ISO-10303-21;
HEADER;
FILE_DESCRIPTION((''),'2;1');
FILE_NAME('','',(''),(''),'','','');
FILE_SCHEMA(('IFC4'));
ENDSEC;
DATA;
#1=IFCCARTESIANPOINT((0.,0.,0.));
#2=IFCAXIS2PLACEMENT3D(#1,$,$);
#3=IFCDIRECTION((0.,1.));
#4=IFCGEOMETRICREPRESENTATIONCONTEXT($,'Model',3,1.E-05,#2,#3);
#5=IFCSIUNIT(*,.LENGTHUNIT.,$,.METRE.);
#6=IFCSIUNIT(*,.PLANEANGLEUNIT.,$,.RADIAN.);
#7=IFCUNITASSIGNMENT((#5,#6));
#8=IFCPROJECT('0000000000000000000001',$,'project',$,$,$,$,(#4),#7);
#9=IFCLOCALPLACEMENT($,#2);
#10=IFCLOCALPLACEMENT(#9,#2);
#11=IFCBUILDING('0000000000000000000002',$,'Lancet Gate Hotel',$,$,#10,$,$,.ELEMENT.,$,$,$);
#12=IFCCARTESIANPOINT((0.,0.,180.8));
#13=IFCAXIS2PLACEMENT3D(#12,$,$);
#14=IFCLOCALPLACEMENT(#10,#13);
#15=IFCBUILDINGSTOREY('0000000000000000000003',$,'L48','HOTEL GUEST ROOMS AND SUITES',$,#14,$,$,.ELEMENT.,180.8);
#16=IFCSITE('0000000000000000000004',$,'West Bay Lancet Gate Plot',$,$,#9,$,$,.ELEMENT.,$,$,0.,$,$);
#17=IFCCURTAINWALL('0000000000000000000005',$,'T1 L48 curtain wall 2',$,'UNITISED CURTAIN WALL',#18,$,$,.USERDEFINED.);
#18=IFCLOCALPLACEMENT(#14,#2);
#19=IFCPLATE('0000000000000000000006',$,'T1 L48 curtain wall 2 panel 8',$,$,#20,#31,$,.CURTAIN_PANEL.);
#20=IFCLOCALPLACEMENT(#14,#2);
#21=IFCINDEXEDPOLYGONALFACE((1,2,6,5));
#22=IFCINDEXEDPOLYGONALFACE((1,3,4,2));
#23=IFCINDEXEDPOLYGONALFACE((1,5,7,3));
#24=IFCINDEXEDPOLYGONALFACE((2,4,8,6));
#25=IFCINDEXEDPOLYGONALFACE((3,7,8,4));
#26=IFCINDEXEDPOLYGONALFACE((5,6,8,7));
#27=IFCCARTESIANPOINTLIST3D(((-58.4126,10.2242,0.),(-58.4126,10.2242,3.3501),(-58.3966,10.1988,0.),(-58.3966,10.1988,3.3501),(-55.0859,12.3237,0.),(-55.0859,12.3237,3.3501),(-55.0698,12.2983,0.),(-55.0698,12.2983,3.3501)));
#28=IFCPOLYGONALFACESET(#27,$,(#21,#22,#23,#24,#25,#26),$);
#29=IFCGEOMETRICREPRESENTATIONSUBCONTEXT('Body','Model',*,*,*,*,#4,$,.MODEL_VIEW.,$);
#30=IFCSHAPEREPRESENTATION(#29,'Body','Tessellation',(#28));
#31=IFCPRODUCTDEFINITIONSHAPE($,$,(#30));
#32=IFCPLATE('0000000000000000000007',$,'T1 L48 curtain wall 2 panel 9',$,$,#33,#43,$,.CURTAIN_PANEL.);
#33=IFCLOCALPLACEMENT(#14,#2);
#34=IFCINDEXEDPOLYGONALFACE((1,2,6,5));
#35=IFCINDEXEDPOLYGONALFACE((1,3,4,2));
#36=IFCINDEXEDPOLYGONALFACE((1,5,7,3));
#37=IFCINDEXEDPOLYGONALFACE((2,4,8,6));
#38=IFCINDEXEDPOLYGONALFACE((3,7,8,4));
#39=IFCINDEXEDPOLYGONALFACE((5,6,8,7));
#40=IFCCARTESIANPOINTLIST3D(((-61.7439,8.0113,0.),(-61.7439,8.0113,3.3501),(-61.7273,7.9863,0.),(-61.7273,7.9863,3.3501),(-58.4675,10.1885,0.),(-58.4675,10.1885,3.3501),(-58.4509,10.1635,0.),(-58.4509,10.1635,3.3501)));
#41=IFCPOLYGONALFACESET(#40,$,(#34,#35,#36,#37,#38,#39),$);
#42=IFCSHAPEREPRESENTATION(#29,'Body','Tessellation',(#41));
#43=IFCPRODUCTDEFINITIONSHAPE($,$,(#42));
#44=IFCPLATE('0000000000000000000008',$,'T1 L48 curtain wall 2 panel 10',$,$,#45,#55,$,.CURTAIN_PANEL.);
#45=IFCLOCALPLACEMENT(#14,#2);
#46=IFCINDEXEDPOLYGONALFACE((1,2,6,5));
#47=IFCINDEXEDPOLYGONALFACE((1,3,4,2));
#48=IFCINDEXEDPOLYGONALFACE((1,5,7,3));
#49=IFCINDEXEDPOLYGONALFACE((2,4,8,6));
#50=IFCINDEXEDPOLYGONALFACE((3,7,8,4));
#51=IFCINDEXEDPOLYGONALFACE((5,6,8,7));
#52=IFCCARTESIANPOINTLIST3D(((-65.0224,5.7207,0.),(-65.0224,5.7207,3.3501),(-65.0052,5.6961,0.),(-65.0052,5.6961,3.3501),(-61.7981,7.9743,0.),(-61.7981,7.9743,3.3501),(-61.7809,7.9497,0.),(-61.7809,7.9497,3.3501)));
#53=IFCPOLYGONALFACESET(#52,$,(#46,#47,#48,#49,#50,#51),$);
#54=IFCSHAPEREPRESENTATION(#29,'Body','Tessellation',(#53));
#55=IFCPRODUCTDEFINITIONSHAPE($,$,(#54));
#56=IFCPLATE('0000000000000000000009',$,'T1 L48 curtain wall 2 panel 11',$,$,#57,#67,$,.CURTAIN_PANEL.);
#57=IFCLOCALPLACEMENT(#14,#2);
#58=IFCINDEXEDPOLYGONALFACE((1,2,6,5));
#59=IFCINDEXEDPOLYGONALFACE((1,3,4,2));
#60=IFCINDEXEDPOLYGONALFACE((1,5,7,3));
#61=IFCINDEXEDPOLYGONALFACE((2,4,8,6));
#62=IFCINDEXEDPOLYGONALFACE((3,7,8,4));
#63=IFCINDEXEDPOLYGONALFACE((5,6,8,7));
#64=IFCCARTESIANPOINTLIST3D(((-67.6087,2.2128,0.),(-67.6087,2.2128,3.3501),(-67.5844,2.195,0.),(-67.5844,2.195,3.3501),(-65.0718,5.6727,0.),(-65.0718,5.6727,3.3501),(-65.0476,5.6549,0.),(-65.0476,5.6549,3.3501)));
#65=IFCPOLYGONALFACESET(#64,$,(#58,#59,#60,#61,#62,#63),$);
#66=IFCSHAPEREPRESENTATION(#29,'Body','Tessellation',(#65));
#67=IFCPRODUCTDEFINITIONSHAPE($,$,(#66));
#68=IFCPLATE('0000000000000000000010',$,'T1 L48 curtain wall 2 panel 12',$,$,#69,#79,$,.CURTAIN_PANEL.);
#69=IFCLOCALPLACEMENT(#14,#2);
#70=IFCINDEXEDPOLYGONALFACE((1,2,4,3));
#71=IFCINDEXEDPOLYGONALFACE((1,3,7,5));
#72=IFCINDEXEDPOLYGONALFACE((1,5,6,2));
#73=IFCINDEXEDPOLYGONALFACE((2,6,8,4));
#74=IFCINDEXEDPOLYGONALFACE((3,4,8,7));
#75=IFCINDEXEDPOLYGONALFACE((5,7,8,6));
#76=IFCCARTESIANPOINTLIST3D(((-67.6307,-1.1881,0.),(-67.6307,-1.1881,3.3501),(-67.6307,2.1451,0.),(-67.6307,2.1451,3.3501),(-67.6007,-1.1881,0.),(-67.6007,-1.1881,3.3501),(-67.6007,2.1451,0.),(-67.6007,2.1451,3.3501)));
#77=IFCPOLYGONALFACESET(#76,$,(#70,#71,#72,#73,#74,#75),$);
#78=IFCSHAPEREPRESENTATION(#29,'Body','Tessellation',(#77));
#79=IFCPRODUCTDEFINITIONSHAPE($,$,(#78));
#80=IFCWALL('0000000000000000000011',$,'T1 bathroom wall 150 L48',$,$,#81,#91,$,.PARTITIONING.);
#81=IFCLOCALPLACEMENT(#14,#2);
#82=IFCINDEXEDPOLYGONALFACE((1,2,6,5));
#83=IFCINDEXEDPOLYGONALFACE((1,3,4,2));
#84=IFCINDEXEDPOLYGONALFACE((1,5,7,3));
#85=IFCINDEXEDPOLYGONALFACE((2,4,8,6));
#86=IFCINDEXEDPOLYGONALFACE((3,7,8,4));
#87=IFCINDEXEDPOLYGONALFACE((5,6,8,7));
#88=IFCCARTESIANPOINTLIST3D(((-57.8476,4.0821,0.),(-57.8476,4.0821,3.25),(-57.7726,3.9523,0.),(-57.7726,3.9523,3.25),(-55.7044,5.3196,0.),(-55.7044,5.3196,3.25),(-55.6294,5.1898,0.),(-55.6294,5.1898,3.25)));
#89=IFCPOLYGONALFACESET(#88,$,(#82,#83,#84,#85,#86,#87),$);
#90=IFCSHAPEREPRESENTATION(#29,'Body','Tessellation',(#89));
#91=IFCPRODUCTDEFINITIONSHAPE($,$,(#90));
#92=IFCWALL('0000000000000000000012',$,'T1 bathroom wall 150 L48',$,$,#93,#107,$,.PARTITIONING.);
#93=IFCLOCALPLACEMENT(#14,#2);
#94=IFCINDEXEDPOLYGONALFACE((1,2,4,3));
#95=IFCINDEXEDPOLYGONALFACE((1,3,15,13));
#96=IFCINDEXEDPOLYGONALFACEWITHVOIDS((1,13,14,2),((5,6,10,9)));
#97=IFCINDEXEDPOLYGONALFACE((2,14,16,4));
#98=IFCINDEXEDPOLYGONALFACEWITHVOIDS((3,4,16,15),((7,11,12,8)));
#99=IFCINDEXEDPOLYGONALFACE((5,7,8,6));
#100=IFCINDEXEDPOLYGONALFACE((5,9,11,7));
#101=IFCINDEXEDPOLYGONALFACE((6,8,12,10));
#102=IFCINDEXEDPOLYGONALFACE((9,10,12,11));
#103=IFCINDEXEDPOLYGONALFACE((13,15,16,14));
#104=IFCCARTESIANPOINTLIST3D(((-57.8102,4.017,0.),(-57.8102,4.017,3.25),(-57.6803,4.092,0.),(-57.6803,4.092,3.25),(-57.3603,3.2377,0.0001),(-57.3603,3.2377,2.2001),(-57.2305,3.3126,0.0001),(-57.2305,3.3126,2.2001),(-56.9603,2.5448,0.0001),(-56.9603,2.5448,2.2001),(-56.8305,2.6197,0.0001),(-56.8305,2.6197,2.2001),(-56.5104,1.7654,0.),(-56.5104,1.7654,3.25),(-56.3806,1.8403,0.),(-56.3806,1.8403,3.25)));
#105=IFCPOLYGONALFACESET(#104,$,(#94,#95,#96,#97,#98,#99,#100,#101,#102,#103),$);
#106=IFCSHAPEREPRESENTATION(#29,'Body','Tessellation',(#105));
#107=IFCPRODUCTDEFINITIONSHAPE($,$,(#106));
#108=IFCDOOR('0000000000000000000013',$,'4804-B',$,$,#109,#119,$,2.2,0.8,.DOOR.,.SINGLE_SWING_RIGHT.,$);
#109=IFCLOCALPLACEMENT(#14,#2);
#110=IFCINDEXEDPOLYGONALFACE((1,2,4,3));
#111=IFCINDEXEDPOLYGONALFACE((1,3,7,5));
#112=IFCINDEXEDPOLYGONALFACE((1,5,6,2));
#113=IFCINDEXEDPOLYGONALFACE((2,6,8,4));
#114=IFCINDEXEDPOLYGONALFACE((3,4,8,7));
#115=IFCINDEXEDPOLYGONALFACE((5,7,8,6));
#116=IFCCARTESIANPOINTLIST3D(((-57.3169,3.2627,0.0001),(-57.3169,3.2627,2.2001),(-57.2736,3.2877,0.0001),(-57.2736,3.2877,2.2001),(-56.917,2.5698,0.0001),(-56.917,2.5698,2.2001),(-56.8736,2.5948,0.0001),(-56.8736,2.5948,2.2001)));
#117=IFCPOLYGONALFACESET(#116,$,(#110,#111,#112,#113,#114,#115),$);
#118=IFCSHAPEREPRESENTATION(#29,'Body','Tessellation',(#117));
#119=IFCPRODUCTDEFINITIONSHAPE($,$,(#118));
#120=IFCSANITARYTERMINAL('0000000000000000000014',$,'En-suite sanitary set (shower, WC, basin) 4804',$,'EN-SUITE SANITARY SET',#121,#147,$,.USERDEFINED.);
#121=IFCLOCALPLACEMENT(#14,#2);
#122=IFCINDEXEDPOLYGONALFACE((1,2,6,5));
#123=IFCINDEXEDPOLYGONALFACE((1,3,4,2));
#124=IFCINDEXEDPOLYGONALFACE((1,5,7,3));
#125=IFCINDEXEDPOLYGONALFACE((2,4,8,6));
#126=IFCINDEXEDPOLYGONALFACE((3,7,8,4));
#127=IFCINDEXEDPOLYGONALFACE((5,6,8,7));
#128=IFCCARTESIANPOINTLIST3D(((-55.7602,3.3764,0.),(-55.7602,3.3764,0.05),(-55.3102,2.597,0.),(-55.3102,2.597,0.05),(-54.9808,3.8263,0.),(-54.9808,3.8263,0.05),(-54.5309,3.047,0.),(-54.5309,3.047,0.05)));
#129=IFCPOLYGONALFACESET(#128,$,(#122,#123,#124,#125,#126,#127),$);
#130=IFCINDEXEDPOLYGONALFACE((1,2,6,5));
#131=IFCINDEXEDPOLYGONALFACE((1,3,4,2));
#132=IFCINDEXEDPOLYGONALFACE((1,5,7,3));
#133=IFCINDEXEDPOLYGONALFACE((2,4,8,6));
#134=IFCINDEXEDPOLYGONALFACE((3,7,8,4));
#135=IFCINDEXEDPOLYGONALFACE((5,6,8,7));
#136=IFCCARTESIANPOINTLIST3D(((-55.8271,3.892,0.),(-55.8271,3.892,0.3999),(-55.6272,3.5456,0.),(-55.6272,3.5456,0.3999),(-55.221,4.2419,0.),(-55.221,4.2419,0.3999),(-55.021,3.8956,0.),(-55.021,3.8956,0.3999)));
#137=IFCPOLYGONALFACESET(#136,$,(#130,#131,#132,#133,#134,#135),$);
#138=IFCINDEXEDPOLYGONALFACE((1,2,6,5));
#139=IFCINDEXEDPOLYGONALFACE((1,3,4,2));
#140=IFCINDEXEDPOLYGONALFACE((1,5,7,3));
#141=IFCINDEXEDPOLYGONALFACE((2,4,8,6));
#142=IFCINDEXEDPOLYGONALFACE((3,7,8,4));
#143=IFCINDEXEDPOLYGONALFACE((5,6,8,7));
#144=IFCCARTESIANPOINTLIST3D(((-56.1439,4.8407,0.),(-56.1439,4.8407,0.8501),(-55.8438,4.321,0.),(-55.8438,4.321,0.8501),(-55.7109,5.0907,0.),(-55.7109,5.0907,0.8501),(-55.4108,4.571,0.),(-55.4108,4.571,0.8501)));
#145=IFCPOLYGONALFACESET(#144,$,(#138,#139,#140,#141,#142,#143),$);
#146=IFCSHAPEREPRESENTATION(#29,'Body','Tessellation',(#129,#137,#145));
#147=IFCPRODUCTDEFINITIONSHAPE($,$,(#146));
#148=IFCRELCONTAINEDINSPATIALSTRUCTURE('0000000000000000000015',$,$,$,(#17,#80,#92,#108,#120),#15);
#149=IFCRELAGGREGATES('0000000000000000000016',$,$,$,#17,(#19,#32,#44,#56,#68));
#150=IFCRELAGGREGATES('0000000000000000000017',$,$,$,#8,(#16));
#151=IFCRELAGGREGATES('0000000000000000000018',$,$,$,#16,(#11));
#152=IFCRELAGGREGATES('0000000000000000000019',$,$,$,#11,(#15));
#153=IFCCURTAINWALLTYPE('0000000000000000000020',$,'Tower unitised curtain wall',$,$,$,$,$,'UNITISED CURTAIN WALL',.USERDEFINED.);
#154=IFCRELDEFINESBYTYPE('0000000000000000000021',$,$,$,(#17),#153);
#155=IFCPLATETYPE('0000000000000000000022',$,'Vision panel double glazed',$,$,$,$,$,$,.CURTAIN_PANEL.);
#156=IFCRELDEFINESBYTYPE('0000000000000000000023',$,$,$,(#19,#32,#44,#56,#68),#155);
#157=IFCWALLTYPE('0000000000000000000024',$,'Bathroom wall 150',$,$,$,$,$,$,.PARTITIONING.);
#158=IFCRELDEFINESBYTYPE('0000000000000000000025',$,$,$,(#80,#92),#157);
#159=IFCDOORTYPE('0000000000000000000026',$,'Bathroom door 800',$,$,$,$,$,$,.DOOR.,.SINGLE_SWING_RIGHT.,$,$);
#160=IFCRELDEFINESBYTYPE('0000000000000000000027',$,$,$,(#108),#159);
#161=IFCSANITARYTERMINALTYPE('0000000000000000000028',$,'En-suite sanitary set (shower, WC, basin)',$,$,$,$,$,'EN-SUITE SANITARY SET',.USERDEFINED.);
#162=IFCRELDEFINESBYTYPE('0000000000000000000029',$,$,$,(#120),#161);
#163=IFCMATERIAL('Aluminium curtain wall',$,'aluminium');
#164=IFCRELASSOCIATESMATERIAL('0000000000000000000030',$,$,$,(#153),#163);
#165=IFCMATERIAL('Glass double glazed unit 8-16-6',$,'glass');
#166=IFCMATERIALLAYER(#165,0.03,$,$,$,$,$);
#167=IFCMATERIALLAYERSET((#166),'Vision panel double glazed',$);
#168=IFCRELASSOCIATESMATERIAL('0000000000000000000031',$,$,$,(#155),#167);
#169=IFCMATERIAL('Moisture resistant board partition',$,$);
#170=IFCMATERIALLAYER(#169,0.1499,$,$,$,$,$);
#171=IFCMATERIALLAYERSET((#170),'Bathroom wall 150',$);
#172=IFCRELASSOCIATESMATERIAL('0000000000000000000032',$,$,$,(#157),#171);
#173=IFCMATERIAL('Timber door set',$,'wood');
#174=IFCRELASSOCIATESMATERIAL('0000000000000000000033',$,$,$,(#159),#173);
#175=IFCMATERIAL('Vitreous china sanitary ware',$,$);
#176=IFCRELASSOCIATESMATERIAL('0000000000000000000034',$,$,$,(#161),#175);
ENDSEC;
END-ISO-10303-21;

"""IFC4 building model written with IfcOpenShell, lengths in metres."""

from ifc_helpers import new_model, si_unit, direction, frame, frame_2d, origin, origin_2d, place, context, subcontext, project, spatial, rectangle, extrude, material, layer, layer_set, type_object, element, fill, aggregate, save


model = new_model("IFC4")

# Units and contexts
model_context = context("Model", 3, precision=1e-05, world=origin(), true_north=direction((0.0, 1.0)))
body_context = subcontext(model_context, "Body", "Model", "MODEL_VIEW")
ifc_project = project(units=[si_unit("LENGTHUNIT", "METRE"), si_unit("PLANEANGLEUNIT", "RADIAN")], contexts=[model_context])

# Site, building, storey
site_placement = place(None, origin())
site = spatial("IfcSite", under=ifc_project, at=site_placement, Name="West Bay Lancet Gate Plot", CompositionType="ELEMENT", RefElevation=0.0)
building_placement = place(site_placement, origin())
building = spatial("IfcBuilding", under=site, at=building_placement, Name="Lancet Gate Hotel", CompositionType="ELEMENT")
storey_placement = place(building_placement, frame((0.0, 0.0, 180.8)))
storey = spatial("IfcBuildingStorey", under=building, at=storey_placement, Name="L48", Description="HOTEL GUEST ROOMS AND SUITES", CompositionType="ELEMENT", Elevation=180.8)

# Curtain wall
ifc_material_1 = material(Name="Aluminium curtain wall", Category="aluminium")
curtain_wall_type = type_object("IfcCurtainWallType", Name="Tower unitised curtain wall", ElementType="UNITISED CURTAIN WALL", PredefinedType="USERDEFINED", material=ifc_material_1)
curtain_wall_placement = place(storey_placement, origin())
curtain_wall = element("IfcCurtainWall", 1, at=curtain_wall_placement, inside=storey, type_object=curtain_wall_type, Name="T1 L48 curtain wall 2", ObjectType="UNITISED CURTAIN WALL", PredefinedType="USERDEFINED")

# Plates
ifc_material_2 = material(Name="Glass double glazed unit 8-16-6", Category="glass")
ifc_layer_1 = layer(ifc_material_2, 0.03)
ifc_layer_set_1 = layer_set([ifc_layer_1], Name="Vision panel double glazed")
plate_type = type_object("IfcPlateType", Name="Vision panel double glazed", PredefinedType="CURTAIN_PANEL", material=ifc_layer_set_1)
plate_1_placement = place(storey_placement, frame((-56.7412, 11.2612, 0.0), z_axis=(0.0, 0.0, 1.0), x_axis=(-0.845667, -0.533711, 0.0)))
plate_1 = element("IfcPlate", 2, at=plate_1_placement, type_object=plate_type, Name="T1 L48 curtain wall 2 panel 8", PredefinedType="CURTAIN_PANEL", context=body_context, shape_type="SweptSolid", body=[
    extrude(rectangle(XDim=3.9338, YDim=0.03, at=origin_2d()), origin(), (0.0, 0.0, 1.0), 3.3501),
])
plate_2_placement = place(storey_placement, frame((-60.0974, 9.0874, 0.0), z_axis=(0.0, 0.0, 1.0), x_axis=(-0.832879, -0.553455, 0.0)))
plate_2 = element("IfcPlate", 3, at=plate_2_placement, type_object=plate_type, Name="T1 L48 curtain wall 2 panel 9", PredefinedType="CURTAIN_PANEL", context=body_context, shape_type="SweptSolid", body=[
    extrude(rectangle(XDim=3.9338, YDim=0.03, at=origin_2d()), origin(), (0.0, 0.0, 1.0), 3.3501),
])
plate_3_placement = place(storey_placement, frame((-63.4016, 6.8352, 0.0), z_axis=(0.0, 0.0, 1.0), x_axis=(-0.819631, -0.572892, 0.0)))
plate_3 = element("IfcPlate", 4, at=plate_3_placement, type_object=plate_type, Name="T1 L48 curtain wall 2 panel 10", PredefinedType="CURTAIN_PANEL", context=body_context, shape_type="SweptSolid", body=[
    extrude(rectangle(XDim=3.9338, YDim=0.03, at=origin_2d()), origin(), (0.0, 0.0, 1.0), 3.3501),
])
plate_4_placement = place(storey_placement, frame((-66.3281, 3.9338, 0.0), z_axis=(0.0, 0.0, 1.0), x_axis=(-0.5913, -0.806452, 0.0)))
plate_4 = element("IfcPlate", 5, at=plate_4_placement, type_object=plate_type, Name="T1 L48 curtain wall 2 panel 11", PredefinedType="CURTAIN_PANEL", context=body_context, shape_type="SweptSolid", body=[
    extrude(rectangle(XDim=4.2903, YDim=0.03, at=origin_2d()), origin(), (0.0, 0.0, 1.0), 3.3501),
])
plate_5_placement = place(storey_placement, frame((-67.6157, 0.4785, 0.0), z_axis=(0.0, 0.0, 1.0), x_axis=(0.0, -1.0, 0.0)))
plate_5 = element("IfcPlate", 6, at=plate_5_placement, type_object=plate_type, Name="T1 L48 curtain wall 2 panel 12", PredefinedType="CURTAIN_PANEL", context=body_context, shape_type="SweptSolid", body=[
    extrude(rectangle(XDim=3.3333, YDim=0.03, at=origin_2d()), origin(), (0.0, 0.0, 1.0), 3.3501),
])
aggregate(curtain_wall, [plate_1, plate_2, plate_3, plate_4, plate_5])

# Wall
ifc_material_3 = material(Name="Moisture resistant board partition")
ifc_layer_2 = layer(ifc_material_3, 0.1499)
ifc_layer_set_2 = layer_set([ifc_layer_2], Name="Bathroom wall 150")
wall_type = type_object("IfcWallType", Name="Bathroom wall 150", PredefinedType="PARTITIONING", material=ifc_layer_set_2)
wall_1_placement = place(storey_placement, frame((-55.667, 5.2546, 0.0), z_axis=(0.0, 0.0, 1.0), x_axis=(-0.866007, -0.500033, 0.0)))
element("IfcWall", 7, at=wall_1_placement, inside=storey, type_object=wall_type, Name="T1 bathroom wall 150 L48", PredefinedType="PARTITIONING", context=body_context, shape_type="SweptSolid", body=[
    extrude(rectangle(XDim=2.4749, YDim=0.1499, at=frame_2d((1.2373, 0.0))), origin(), (0.0, 0.0, 1.0), 3.25),
])

# Wall, opening, door
wall_2_placement = place(storey_placement, frame((-56.4456, 1.803, 0.0), z_axis=(0.0, 0.0, 1.0), x_axis=(-0.499937, 0.866062, 0.0)))
wall_2 = element("IfcWall", 8, at=wall_2_placement, inside=storey, type_object=wall_type, Name="T1 bathroom wall 150 L48", PredefinedType="PARTITIONING", context=body_context, shape_type="SweptSolid", body=[
    extrude(rectangle(XDim=2.5999, YDim=0.1499, at=frame_2d((1.2998, 0.0))), origin(), (0.0, 0.0, 1.0), 3.25),
])
opening_placement = place(wall_2_placement, frame((0.8999, 0.0, 0.0)))
opening = element("IfcOpeningElement", 9, at=opening_placement, cuts=wall_2, PredefinedType="OPENING", context=body_context, shape_type="SweptSolid", body=[
    extrude(rectangle(XDim=0.8, YDim=2.2, at=frame_2d((0.3999, 1.1001))), frame((0.0, 0.085, 0.0), z_axis=(0.0, -1.0, 0.0), x_axis=(1.0, 0.0, 0.0)), (0.0, 0.0, 1.0), 0.1699),
])
ifc_material_4 = material(Name="Timber door set", Category="wood")
door_type = type_object("IfcDoorType", Name="Bathroom door 800", OperationType="SINGLE_SWING_RIGHT", PredefinedType="DOOR", material=ifc_material_4)
door_placement = place(opening_placement, origin())
door = element("IfcDoor", 10, at=door_placement, inside=storey, type_object=door_type, Name="4804-B", OperationType="SINGLE_SWING_RIGHT", OverallHeight=2.2, OverallWidth=0.8, PredefinedType="DOOR", context=body_context, shape_type="SweptSolid", body=[
    extrude(rectangle(XDim=0.8, YDim=2.2, at=frame_2d((0.3999, 1.1001))), frame((0.0, 0.0249, 0.0), z_axis=(0.0, -1.0, 0.0), x_axis=(1.0, 0.0, 0.0)), (0.0, 0.0, 1.0), 0.05),
])
fill(opening, door)

# Sanitary terminal
ifc_material_5 = material(Name="Vitreous china sanitary ware")
sanitary_terminal_type = type_object("IfcSanitaryTerminalType", Name="En-suite sanitary set (shower, WC, basin)", ElementType="EN-SUITE SANITARY SET", PredefinedType="USERDEFINED", material=ifc_material_5)
sanitary_terminal_placement = place(storey_placement, frame((-55.1455, 3.2117, 0.0), z_axis=(0.0, 0.0, 1.0), x_axis=(1.0, 0.0, 0.0)))
element("IfcSanitaryTerminal", 11, at=sanitary_terminal_placement, inside=storey, type_object=sanitary_terminal_type, Name="En-suite sanitary set (shower, WC, basin) 4804", ObjectType="EN-SUITE SANITARY SET", PredefinedType="USERDEFINED", context=body_context, shape_type="SweptSolid", body=[
    extrude(rectangle(XDim=0.8999, YDim=0.8999, at=origin_2d()), frame((0.0, 0.0, 0.0), z_axis=(0.0, 0.0, 1.0), x_axis=(0.5, -0.866025, 0.0)), (0.0, 0.0, 1.0), 0.05),
    extrude(rectangle(XDim=0.3999, YDim=0.7, at=origin_2d()), frame((-0.2786, 0.6821, 0.0), z_axis=(0.0, 0.0, 1.0), x_axis=(0.5, -0.866025, 0.0)), (0.0, 0.0, 1.0), 0.3999),
    extrude(rectangle(XDim=0.6001, YDim=0.5, at=origin_2d()), frame((-0.6318, 1.4941, 0.0), z_axis=(0.0, 0.0, 1.0), x_axis=(0.5, -0.866025, 0.0)), (0.0, 0.0, 1.0), 0.8501),
])

save(model, "model.ifc")
